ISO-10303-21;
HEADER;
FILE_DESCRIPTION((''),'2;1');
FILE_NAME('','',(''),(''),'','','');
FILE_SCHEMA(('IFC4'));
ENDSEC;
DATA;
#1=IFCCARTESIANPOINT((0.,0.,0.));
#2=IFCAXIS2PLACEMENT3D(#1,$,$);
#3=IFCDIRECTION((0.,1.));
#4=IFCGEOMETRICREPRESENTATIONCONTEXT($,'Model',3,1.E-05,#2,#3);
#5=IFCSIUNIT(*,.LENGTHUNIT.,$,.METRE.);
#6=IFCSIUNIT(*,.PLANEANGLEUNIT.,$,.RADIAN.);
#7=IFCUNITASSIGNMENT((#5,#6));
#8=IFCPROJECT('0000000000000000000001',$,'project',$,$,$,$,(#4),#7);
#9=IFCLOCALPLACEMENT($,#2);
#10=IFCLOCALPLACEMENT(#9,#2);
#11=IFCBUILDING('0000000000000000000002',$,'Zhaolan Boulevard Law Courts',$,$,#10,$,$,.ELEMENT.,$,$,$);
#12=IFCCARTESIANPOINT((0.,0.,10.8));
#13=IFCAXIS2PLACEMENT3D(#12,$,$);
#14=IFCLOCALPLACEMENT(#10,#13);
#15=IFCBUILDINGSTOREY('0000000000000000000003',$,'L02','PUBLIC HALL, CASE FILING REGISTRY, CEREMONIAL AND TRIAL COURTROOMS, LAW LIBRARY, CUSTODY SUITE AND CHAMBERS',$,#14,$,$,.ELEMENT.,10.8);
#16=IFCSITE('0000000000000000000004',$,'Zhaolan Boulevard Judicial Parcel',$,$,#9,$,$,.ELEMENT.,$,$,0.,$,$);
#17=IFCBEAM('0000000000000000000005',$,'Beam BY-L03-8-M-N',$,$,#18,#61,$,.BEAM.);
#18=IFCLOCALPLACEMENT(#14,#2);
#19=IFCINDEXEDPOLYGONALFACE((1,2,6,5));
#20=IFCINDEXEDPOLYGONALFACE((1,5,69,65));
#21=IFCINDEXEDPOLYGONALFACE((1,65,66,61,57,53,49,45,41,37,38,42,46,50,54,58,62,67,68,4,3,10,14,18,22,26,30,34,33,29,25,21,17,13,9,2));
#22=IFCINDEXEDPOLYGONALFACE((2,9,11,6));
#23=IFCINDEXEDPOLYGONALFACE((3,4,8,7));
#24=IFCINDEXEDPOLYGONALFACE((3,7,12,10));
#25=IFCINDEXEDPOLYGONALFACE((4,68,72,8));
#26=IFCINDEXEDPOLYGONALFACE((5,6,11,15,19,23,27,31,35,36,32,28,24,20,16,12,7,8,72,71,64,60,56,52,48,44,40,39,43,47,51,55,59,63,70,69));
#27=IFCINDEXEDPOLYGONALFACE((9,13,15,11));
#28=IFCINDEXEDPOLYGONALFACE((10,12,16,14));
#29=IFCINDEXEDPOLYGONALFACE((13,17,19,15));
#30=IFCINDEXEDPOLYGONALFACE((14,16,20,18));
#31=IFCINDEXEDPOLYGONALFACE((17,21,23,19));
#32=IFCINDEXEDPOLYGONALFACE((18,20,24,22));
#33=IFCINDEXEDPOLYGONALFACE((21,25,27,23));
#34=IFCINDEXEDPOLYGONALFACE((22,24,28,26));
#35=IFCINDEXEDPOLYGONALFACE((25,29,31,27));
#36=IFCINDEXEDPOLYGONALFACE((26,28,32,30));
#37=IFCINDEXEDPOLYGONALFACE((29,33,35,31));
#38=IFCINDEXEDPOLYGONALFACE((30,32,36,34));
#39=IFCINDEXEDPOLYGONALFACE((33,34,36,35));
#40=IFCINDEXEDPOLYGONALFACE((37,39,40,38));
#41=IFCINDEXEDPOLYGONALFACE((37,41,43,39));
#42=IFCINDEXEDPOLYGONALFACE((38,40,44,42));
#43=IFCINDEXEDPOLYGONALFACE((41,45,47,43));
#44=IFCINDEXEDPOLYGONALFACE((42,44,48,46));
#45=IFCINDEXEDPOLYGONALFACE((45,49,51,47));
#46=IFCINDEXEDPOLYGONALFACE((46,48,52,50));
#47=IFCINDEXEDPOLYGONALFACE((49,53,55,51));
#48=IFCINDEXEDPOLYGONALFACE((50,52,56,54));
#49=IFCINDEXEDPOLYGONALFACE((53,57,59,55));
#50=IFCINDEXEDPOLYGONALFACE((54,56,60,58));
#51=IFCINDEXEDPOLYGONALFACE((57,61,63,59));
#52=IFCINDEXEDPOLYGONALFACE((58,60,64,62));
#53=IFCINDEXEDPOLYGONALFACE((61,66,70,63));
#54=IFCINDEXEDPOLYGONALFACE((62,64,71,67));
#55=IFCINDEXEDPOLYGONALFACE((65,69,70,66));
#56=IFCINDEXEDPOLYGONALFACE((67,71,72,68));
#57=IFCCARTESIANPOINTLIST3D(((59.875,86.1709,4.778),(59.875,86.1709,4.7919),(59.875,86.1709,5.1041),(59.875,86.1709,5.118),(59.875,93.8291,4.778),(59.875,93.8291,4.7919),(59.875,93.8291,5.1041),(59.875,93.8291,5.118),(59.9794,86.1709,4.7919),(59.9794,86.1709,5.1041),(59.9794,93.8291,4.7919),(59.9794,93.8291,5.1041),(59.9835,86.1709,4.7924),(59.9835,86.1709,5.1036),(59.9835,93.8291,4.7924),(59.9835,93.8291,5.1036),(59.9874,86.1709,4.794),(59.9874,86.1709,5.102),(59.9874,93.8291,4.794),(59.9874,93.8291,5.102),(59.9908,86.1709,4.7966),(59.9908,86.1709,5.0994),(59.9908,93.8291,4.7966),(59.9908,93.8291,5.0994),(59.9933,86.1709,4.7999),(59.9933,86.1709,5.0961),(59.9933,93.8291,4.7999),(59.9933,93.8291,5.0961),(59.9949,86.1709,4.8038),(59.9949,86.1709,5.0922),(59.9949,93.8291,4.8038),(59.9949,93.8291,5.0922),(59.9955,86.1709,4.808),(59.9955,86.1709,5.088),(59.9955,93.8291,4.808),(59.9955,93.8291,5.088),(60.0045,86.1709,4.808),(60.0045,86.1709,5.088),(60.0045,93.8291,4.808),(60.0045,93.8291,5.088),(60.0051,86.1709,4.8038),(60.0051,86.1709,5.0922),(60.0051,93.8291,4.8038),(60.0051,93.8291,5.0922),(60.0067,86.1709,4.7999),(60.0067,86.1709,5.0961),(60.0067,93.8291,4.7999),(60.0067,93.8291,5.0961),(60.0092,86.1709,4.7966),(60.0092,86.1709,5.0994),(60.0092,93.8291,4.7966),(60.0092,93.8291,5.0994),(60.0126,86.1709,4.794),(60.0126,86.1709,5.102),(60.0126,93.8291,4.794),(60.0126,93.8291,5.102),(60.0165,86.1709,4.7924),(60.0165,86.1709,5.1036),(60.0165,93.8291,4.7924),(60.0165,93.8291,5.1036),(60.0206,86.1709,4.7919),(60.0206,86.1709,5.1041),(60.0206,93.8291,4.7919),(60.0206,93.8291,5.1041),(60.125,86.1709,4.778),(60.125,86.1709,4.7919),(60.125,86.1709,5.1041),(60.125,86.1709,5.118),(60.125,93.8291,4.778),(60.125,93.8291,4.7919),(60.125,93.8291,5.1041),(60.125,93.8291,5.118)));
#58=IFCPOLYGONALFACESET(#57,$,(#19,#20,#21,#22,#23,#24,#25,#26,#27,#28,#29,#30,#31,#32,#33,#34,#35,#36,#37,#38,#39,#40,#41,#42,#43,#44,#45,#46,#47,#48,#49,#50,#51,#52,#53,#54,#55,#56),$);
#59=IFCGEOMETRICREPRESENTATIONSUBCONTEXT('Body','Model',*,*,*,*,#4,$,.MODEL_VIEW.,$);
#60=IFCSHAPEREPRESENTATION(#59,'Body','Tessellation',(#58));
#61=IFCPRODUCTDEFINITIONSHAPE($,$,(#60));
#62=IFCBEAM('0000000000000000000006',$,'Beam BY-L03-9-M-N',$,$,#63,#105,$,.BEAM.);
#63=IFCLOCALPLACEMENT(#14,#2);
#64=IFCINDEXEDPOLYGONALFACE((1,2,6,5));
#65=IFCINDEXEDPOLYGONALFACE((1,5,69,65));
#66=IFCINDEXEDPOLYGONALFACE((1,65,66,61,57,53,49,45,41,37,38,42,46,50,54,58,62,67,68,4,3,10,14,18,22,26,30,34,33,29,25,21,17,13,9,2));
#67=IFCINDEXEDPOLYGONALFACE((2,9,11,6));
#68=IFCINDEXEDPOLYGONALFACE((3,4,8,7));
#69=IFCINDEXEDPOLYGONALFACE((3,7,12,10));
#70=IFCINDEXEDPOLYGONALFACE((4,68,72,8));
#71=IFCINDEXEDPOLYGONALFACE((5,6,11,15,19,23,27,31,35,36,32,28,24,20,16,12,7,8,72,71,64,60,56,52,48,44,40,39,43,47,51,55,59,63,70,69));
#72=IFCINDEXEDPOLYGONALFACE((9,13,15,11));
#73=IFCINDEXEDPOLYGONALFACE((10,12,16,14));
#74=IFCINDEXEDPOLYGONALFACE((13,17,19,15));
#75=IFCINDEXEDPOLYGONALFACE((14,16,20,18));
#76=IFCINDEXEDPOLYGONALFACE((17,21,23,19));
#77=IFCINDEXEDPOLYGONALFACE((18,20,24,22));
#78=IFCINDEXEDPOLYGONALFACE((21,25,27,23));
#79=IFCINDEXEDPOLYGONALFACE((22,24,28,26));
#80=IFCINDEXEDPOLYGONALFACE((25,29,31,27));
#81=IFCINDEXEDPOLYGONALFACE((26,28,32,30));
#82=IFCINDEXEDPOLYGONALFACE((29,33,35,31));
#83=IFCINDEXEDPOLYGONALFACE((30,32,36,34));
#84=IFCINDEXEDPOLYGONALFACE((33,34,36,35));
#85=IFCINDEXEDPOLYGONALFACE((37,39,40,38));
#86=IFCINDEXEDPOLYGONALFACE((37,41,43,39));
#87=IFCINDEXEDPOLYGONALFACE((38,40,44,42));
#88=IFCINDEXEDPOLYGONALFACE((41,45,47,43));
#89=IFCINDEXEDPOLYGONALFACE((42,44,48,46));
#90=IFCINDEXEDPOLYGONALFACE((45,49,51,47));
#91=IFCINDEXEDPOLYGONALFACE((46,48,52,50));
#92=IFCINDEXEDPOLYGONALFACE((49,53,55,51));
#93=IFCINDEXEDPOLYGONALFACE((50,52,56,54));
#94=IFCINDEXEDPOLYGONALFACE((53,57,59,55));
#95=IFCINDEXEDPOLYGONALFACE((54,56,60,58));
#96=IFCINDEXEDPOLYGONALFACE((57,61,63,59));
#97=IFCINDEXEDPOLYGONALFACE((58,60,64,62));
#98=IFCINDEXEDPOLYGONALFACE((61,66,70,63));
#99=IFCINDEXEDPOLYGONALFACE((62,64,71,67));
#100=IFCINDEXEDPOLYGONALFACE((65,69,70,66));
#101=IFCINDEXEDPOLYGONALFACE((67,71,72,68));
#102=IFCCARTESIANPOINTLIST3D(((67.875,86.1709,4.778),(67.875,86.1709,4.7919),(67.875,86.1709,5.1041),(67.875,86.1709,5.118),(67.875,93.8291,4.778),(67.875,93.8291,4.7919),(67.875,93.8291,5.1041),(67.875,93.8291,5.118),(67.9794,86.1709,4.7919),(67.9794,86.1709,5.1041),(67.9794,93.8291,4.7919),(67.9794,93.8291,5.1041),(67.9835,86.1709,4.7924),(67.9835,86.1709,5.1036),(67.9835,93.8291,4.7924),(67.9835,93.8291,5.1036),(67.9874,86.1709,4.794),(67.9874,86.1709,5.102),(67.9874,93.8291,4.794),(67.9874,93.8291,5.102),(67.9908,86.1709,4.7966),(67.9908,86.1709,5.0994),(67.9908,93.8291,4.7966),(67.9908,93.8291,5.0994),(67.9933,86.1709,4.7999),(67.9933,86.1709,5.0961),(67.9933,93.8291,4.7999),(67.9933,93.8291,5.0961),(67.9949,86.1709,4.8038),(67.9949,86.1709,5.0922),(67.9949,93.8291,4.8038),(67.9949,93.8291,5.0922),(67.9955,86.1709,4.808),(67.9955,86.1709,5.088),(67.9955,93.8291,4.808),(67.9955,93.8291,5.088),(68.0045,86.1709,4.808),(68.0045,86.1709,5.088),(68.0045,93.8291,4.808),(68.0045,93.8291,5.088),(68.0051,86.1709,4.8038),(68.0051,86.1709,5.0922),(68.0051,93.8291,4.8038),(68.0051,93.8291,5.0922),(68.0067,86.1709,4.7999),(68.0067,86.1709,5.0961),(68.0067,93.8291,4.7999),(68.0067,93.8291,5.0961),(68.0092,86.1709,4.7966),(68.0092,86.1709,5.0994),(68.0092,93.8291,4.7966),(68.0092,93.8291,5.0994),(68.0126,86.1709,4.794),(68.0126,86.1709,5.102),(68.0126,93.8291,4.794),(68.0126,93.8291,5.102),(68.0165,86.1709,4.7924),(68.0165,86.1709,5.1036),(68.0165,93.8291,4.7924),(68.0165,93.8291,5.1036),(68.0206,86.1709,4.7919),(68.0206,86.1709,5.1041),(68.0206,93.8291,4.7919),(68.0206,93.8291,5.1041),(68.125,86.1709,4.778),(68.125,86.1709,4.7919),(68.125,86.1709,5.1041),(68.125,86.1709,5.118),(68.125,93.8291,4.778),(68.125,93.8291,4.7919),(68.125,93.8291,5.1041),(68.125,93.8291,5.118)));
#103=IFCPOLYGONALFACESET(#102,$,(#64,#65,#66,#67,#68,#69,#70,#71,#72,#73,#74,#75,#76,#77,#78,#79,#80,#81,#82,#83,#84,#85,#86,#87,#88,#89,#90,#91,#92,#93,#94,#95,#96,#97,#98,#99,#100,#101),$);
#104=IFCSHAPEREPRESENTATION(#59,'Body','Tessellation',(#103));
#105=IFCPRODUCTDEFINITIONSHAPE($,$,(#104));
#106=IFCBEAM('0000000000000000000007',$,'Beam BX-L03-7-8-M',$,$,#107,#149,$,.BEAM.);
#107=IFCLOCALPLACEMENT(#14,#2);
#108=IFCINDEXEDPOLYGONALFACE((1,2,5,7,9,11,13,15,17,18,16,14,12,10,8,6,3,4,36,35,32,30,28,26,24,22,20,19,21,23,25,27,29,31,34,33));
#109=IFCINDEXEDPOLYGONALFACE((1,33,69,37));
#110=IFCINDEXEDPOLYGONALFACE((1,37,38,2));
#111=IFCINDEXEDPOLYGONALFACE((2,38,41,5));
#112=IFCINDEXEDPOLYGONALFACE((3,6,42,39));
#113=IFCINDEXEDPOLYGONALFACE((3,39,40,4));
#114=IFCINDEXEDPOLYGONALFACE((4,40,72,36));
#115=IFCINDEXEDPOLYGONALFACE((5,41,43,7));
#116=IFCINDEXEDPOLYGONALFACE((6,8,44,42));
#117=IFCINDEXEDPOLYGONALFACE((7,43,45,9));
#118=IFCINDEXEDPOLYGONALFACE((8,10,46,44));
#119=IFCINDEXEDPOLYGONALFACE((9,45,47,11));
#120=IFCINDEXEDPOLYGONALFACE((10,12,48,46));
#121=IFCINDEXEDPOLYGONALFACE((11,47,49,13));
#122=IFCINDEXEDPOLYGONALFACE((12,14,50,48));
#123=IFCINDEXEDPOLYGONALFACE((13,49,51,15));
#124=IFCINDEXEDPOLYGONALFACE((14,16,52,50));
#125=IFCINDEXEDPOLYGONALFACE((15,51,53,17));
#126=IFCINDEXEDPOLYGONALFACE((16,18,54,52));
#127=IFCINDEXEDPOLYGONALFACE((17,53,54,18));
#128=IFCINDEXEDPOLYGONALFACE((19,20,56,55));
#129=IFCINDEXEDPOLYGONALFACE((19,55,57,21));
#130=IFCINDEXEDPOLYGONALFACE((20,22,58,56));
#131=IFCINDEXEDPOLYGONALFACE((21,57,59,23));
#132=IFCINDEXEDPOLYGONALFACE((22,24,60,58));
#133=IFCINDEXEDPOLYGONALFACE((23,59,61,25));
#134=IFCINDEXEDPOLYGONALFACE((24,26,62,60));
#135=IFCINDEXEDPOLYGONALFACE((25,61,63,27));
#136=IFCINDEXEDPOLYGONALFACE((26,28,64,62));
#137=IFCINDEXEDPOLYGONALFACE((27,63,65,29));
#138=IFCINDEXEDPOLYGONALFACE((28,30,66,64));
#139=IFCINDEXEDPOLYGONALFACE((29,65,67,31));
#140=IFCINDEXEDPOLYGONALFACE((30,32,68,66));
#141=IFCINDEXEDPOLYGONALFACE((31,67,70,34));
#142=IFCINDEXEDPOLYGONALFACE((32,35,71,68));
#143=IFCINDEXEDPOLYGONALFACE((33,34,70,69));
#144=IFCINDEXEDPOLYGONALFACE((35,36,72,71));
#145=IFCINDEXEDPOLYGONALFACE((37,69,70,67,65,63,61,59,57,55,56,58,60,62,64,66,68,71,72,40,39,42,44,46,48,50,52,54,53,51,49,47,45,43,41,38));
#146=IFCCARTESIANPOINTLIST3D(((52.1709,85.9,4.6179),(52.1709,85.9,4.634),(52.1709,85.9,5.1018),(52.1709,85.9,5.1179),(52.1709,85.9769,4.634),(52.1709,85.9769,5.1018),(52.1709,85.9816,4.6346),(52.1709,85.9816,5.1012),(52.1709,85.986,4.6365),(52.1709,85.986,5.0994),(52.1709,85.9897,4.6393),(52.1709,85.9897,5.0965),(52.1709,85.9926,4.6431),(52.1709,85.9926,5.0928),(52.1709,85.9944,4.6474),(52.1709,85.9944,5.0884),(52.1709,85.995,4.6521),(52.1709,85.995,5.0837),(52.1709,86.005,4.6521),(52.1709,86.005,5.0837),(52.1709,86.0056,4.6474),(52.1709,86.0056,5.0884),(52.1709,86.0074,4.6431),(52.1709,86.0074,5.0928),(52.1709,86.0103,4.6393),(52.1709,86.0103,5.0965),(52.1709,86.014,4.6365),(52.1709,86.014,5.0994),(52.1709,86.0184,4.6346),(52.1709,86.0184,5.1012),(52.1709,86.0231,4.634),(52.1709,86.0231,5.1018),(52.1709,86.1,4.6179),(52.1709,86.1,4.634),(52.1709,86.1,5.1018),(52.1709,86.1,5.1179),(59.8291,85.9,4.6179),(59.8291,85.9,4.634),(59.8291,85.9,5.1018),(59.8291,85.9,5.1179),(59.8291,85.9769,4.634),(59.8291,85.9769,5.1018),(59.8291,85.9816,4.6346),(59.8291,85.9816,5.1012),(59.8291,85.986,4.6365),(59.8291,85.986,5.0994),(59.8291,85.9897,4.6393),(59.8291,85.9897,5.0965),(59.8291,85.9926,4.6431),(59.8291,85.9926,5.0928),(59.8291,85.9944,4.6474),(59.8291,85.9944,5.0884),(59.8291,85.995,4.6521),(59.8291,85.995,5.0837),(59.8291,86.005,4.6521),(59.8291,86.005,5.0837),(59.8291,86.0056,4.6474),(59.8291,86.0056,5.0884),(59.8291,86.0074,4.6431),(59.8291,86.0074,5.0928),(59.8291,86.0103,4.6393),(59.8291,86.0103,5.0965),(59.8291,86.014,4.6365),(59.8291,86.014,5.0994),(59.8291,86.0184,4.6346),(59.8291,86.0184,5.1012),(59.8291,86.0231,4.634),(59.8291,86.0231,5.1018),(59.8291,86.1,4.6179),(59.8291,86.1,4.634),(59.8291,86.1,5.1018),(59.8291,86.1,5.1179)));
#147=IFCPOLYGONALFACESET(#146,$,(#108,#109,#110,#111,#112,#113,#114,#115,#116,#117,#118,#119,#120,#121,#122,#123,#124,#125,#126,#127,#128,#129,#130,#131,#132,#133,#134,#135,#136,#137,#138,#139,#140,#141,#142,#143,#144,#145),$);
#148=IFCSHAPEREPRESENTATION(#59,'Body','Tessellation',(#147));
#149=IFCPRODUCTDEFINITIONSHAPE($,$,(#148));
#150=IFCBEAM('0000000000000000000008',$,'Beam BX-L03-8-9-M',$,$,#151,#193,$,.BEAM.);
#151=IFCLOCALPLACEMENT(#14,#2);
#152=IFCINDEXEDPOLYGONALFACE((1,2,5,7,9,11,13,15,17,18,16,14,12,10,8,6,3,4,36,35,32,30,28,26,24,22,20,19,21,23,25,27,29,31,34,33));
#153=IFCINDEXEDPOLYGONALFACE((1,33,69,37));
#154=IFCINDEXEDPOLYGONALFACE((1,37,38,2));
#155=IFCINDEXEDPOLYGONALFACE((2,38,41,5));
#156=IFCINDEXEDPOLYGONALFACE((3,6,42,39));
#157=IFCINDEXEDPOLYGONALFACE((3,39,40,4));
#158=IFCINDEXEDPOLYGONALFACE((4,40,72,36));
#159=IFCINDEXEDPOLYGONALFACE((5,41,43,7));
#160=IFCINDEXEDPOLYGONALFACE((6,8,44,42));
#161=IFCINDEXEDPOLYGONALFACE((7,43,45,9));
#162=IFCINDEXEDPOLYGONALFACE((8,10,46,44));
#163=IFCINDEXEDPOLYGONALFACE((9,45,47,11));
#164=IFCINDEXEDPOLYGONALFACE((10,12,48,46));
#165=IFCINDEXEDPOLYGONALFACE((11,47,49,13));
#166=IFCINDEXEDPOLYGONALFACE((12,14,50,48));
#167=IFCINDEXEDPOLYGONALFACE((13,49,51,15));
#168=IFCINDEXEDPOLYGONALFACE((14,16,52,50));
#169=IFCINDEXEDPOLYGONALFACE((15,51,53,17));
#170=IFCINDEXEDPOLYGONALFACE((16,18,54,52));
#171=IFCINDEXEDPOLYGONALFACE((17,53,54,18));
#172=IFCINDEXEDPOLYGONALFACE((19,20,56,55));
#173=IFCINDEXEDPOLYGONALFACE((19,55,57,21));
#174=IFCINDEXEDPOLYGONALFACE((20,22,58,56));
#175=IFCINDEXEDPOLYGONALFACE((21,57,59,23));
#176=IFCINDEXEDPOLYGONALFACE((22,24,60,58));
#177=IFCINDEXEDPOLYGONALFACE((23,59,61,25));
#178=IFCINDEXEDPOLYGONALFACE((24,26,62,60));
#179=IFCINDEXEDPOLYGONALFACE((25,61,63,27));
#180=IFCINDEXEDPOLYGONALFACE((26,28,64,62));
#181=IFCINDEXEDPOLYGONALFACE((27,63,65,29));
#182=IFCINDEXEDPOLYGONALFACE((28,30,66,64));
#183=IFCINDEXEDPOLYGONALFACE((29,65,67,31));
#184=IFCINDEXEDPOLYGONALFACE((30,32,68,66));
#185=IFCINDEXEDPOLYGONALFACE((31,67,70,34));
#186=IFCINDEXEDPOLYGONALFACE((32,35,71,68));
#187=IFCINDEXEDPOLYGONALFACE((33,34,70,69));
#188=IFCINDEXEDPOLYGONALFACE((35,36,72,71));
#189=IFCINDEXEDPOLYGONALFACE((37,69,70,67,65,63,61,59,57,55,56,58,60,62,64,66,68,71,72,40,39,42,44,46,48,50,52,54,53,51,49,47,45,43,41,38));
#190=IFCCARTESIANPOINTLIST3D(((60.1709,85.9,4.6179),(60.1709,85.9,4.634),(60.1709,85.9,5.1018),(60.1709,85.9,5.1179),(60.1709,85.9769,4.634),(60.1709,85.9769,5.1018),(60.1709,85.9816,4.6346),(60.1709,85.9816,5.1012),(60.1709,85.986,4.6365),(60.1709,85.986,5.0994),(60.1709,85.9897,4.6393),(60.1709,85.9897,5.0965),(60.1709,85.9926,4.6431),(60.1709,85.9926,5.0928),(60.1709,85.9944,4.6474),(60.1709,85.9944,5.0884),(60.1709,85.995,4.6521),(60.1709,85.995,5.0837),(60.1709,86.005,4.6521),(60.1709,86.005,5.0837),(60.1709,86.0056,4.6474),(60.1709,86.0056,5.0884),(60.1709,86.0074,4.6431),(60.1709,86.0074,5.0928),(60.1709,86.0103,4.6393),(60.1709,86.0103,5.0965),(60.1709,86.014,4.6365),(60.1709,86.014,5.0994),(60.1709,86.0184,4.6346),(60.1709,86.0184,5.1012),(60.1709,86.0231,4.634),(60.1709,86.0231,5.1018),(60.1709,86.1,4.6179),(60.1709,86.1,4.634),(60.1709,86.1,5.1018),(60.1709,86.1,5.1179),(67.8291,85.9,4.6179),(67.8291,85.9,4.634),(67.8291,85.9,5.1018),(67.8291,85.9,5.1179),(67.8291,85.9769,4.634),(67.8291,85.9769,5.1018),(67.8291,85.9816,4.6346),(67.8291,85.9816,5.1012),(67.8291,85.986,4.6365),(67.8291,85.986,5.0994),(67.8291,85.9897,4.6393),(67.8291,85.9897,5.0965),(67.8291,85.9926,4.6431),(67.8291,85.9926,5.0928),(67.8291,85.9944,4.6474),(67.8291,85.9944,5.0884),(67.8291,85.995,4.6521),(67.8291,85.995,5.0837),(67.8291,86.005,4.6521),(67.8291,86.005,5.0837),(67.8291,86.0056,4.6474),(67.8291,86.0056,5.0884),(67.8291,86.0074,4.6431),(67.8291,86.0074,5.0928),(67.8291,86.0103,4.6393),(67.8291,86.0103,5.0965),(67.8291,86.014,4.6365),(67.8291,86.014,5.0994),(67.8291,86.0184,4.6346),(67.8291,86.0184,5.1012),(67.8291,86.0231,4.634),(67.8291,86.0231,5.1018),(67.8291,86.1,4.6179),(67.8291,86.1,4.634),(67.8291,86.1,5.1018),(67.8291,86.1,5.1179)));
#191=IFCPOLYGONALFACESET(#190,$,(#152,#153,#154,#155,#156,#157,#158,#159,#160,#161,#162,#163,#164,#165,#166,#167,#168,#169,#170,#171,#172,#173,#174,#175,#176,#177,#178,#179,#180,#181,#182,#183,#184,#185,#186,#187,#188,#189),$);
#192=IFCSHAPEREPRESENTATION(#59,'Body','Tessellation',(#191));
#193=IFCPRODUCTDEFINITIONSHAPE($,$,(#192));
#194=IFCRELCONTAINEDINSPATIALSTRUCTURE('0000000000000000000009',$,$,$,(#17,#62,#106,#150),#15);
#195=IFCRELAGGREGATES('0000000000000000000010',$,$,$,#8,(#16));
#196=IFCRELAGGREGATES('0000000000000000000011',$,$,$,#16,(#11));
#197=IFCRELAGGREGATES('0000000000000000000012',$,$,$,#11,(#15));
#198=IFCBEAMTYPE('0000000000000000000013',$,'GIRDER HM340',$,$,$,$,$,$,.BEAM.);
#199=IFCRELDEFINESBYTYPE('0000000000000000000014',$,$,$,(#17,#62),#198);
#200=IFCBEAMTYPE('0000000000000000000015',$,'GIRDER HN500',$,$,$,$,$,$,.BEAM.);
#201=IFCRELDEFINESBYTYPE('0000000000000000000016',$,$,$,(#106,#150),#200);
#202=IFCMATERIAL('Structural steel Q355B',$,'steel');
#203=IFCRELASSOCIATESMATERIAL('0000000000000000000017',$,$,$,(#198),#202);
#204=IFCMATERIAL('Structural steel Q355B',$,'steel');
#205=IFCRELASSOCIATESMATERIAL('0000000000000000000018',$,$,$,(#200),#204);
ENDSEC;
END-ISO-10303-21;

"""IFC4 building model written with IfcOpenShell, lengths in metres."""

from ifc_helpers import new_model, si_unit, direction, frame, origin, origin_2d, place, context, subcontext, project, spatial, i_section, extrude, material, material_profile, profile_set, type_object, element, save


model = new_model("IFC4")

# Units and contexts
model_context = context("Model", 3, precision=1e-05, world=origin(), true_north=direction((0.0, 1.0)))
body_context = subcontext(model_context, "Body", "Model", "MODEL_VIEW")
ifc_project = project(units=[si_unit("LENGTHUNIT", "METRE"), si_unit("PLANEANGLEUNIT", "RADIAN")], contexts=[model_context])

# Site, building, storey
site_placement = place(None, origin())
site = spatial("IfcSite", under=ifc_project, at=site_placement, Name="Zhaolan Boulevard Judicial Parcel", CompositionType="ELEMENT", RefElevation=0.0)
building_placement = place(site_placement, origin())
building = spatial("IfcBuilding", under=site, at=building_placement, Name="Zhaolan Boulevard Law Courts", CompositionType="ELEMENT")
storey_placement = place(building_placement, frame((0.0, 0.0, 10.8)))
storey = spatial("IfcBuildingStorey", under=building, at=storey_placement, Name="L02", Description="PUBLIC HALL, CASE FILING REGISTRY, CEREMONIAL AND TRIAL COURTROOMS, LAW LIBRARY, CUSTODY SUITE AND CHAMBERS", CompositionType="ELEMENT", Elevation=10.8)

# Beams
ifc_material_1 = material(Name="Structural steel Q355B", Category="steel")
ifc_material_profile_1 = material_profile(ifc_material_1, i_section(OverallWidth=0.25, OverallDepth=0.3401, WebThickness=0.009, FlangeThickness=0.0139, FilletRadius=0.0161, at=origin_2d()), Name="HM340x250")
ifc_profile_set_1 = profile_set([ifc_material_profile_1], Name="Structural steel Q355B")
beam_type_1 = type_object("IfcBeamType", Name="GIRDER HM340", PredefinedType="BEAM", material=ifc_profile_set_1)
for number, where, z_axis, x_axis, name in (
    (1, (60.0, 86.1709, 4.948), (0.0, 1.0, 0.0), (-1.0, 0.0, 0.0), "Beam BY-L03-8-M-N"),
    (2, (68.0, 86.1709, 4.948), (0.0, 1.0, 0.0), (-1.0, 0.0, 0.0), "Beam BY-L03-9-M-N"),
):
    element("IfcBeam", number, at=place(storey_placement, frame(where, z_axis=z_axis, x_axis=x_axis)), inside=storey, type_object=beam_type_1, Name=name, PredefinedType="BEAM", context=body_context, shape_type="SweptSolid", body=[
        extrude(i_section(OverallWidth=0.25, OverallDepth=0.3401, WebThickness=0.009, FlangeThickness=0.0139, FilletRadius=0.0161, at=origin_2d()), origin(), (0.0, 0.0, 1.0), 7.6582),
    ])
ifc_material_2 = material(Name="Structural steel Q355B", Category="steel")
ifc_material_profile_2 = material_profile(ifc_material_2, i_section(OverallWidth=0.2, OverallDepth=0.5, WebThickness=0.01, FlangeThickness=0.0161, FilletRadius=0.0181, at=origin_2d()), Name="HN500x200")
ifc_profile_set_2 = profile_set([ifc_material_profile_2], Name="Structural steel Q355B")
beam_type_2 = type_object("IfcBeamType", Name="GIRDER HN500", PredefinedType="BEAM", material=ifc_profile_set_2)
for number, where, z_axis, x_axis, name in (
    (3, (52.1709, 86.0, 4.8679), (1.0, 0.0, 0.0), (0.0, 1.0, 0.0), "Beam BX-L03-7-8-M"),
    (4, (60.1709, 86.0, 4.8679), (1.0, 0.0, 0.0), (0.0, 1.0, 0.0), "Beam BX-L03-8-9-M"),
):
    element("IfcBeam", number, at=place(storey_placement, frame(where, z_axis=z_axis, x_axis=x_axis)), inside=storey, type_object=beam_type_2, Name=name, PredefinedType="BEAM", context=body_context, shape_type="SweptSolid", body=[
        extrude(i_section(OverallWidth=0.2, OverallDepth=0.5, WebThickness=0.01, FlangeThickness=0.0161, FilletRadius=0.0181, at=origin_2d()), origin(), (0.0, 0.0, 1.0), 7.6582),
    ])

save(model, "model.ifc")
